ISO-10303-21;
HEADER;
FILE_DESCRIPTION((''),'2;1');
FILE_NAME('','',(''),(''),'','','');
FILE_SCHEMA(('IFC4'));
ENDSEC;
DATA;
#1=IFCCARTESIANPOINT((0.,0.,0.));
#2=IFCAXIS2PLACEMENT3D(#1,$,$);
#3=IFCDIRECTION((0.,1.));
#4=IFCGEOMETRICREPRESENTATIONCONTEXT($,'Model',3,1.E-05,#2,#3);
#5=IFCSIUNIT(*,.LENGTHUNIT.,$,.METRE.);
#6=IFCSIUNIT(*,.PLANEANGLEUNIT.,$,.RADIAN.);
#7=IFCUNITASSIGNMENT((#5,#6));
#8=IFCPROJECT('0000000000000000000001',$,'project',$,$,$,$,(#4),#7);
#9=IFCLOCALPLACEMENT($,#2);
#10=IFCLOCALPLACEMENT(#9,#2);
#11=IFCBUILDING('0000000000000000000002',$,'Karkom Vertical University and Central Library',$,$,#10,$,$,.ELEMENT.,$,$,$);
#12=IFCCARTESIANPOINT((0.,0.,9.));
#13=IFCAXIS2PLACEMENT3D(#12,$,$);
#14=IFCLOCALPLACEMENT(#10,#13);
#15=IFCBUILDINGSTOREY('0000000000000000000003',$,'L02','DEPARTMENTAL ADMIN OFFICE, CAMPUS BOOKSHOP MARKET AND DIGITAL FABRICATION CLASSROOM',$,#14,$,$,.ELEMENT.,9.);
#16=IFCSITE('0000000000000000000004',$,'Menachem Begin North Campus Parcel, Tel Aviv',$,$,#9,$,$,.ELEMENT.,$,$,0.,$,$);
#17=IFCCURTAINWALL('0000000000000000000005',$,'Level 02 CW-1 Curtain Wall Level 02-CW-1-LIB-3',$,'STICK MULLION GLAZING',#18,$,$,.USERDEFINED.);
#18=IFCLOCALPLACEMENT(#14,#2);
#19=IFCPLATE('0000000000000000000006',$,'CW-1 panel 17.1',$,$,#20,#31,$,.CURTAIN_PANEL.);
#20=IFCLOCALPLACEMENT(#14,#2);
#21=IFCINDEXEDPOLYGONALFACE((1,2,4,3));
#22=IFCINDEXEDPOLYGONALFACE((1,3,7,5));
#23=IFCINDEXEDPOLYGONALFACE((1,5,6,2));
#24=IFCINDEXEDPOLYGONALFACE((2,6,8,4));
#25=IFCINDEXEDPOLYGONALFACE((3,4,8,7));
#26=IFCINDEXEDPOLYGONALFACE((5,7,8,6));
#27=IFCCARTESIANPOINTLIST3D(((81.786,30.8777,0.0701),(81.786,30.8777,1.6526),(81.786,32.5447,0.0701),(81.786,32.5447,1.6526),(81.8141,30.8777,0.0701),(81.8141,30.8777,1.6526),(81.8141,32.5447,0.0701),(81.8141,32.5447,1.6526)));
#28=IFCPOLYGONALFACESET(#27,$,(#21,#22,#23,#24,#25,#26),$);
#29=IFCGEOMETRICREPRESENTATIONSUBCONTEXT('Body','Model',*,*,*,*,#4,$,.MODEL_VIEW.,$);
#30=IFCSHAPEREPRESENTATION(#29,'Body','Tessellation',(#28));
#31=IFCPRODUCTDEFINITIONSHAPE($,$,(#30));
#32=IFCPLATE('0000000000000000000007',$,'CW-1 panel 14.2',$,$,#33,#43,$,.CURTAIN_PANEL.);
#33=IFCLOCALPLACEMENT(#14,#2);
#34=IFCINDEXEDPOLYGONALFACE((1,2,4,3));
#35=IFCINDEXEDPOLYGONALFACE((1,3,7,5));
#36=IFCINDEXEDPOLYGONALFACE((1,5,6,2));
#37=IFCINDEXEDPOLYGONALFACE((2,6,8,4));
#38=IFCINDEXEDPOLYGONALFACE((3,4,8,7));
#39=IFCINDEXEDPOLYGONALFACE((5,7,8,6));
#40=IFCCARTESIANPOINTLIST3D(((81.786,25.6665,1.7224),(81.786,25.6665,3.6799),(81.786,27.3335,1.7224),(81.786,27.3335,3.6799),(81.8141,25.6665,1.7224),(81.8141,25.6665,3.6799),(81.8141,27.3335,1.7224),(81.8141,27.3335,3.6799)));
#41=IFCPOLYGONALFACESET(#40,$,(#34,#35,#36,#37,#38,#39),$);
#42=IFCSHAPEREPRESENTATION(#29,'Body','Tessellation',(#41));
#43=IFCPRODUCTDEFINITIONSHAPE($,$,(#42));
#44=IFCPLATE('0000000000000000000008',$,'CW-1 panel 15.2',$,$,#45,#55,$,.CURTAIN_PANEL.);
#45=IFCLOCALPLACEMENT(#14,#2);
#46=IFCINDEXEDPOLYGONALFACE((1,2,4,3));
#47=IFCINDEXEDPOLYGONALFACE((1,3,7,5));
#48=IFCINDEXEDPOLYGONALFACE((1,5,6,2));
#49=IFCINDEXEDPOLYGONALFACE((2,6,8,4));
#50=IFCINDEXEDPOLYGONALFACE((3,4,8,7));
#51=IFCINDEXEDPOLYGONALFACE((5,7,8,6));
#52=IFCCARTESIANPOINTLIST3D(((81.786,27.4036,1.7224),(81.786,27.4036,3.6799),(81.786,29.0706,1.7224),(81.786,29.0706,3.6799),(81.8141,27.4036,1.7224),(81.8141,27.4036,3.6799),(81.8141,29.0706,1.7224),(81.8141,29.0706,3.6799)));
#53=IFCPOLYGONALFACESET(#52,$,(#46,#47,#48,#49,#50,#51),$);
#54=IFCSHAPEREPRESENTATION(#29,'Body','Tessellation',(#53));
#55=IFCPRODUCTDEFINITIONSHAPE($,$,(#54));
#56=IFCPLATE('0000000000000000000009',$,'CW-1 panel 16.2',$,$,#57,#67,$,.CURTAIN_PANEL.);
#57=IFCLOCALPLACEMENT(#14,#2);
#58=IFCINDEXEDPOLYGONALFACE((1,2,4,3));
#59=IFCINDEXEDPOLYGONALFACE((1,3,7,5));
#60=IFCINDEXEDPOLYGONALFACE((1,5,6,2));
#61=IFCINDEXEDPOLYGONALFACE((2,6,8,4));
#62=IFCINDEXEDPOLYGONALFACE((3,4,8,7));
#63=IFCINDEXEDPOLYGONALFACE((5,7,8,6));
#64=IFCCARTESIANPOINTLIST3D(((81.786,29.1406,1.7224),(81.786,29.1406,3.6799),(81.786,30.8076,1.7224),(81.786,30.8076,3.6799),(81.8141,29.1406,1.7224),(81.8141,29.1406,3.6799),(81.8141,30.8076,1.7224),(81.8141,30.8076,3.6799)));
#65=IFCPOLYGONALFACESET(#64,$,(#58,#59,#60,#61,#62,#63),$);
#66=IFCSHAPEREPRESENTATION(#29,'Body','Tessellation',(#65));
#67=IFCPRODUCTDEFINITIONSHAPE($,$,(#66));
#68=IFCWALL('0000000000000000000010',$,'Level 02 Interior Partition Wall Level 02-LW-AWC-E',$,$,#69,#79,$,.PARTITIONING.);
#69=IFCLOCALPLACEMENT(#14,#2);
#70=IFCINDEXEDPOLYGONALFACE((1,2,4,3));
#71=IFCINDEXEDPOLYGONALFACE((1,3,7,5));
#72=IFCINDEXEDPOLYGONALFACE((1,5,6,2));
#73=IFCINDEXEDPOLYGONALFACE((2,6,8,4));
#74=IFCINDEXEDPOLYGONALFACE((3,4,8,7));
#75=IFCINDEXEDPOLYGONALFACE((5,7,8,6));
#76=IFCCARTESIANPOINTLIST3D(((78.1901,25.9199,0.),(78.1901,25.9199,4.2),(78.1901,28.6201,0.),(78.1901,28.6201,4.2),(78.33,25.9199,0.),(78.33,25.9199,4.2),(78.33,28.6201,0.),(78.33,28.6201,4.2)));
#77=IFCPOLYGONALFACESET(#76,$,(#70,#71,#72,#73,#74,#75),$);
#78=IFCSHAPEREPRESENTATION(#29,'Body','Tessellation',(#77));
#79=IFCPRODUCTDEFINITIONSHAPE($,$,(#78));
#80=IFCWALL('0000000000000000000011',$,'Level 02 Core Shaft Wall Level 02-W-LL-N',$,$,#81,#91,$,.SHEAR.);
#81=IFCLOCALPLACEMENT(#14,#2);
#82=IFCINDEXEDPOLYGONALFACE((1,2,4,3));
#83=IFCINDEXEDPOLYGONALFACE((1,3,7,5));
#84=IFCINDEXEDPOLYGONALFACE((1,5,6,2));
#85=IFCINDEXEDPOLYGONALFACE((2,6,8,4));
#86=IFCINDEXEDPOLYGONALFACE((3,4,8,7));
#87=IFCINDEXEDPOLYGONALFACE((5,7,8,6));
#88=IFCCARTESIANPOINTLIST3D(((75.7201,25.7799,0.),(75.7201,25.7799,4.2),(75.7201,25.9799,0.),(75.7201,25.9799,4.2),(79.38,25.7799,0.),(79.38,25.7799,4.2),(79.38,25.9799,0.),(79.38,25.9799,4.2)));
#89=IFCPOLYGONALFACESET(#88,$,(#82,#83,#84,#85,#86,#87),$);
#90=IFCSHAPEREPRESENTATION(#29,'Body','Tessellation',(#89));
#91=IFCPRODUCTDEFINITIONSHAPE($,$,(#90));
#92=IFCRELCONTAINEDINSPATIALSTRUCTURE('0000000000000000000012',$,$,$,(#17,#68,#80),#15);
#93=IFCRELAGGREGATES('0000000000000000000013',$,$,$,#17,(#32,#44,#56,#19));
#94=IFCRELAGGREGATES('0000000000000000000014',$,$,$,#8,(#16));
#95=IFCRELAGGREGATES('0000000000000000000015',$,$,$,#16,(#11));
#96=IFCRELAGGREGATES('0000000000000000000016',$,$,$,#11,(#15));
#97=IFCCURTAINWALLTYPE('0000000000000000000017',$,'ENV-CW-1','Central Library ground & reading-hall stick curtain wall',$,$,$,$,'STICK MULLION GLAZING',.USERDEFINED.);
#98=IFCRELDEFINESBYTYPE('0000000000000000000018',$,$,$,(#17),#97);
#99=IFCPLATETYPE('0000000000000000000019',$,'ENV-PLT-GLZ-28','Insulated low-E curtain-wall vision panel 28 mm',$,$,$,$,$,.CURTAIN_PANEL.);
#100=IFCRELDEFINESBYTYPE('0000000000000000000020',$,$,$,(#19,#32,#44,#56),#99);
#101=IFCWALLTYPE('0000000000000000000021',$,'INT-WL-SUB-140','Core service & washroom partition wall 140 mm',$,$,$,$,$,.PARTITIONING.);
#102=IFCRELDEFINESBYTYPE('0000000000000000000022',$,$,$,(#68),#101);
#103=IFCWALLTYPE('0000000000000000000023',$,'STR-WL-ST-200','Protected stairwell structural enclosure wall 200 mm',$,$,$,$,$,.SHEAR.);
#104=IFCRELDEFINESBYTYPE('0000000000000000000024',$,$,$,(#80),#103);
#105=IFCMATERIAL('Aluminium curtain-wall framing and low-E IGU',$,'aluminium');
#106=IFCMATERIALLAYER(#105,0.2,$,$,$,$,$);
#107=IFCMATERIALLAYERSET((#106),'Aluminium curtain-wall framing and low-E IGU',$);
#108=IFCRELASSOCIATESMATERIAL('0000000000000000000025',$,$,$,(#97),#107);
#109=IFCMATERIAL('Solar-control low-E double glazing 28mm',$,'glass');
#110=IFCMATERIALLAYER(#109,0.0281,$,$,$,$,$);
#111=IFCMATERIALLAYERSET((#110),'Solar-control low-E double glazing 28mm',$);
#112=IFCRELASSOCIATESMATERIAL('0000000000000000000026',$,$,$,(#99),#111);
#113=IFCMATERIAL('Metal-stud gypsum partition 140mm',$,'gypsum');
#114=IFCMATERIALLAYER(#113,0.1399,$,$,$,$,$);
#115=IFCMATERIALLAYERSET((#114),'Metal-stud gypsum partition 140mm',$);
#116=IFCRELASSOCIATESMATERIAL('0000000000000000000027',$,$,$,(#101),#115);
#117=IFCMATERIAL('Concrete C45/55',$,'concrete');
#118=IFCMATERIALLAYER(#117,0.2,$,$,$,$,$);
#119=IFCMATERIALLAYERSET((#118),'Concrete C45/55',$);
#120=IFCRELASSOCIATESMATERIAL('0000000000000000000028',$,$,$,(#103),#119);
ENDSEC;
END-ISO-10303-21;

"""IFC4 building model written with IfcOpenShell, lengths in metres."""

from ifc_helpers import new_model, si_unit, direction, frame, frame_2d, origin, origin_with_axes, origin_2d, place, context, subcontext, project, spatial, rectangle, extrude, source, transform, mapped, material, layer, layer_set, type_object, element, aggregate, save


model = new_model("IFC4")

# Units and contexts
model_context = context("Model", 3, precision=1e-05, world=origin(), true_north=direction((0.0, 1.0)))
body_context = subcontext(model_context, "Body", "Model", "MODEL_VIEW")
ifc_project = project(units=[si_unit("LENGTHUNIT", "METRE"), si_unit("PLANEANGLEUNIT", "RADIAN")], contexts=[model_context])

# Site, building, storey
site_placement = place(None, origin())
site = spatial("IfcSite", under=ifc_project, at=site_placement, Name="Menachem Begin North Campus Parcel, Tel Aviv", CompositionType="ELEMENT", RefElevation=0.0)
building_placement = place(site_placement, origin())
building = spatial("IfcBuilding", under=site, at=building_placement, Name="Karkom Vertical University and Central Library", CompositionType="ELEMENT")
storey_placement = place(building_placement, frame((0.0, 0.0, 9.0)))
storey = spatial("IfcBuildingStorey", under=building, at=storey_placement, Name="L02", Description="DEPARTMENTAL ADMIN OFFICE, CAMPUS BOOKSHOP MARKET AND DIGITAL FABRICATION CLASSROOM", CompositionType="ELEMENT", Elevation=9.0)

# Curtain wall, plates
ifc_material_1 = material(Name="Aluminium curtain-wall framing and low-E IGU", Category="aluminium")
ifc_layer_1 = layer(ifc_material_1, 0.2)
ifc_layer_set_1 = layer_set([ifc_layer_1], Name="Aluminium curtain-wall framing and low-E IGU")
curtain_wall_type = type_object("IfcCurtainWallType", Name="ENV-CW-1", Description="Central Library ground & reading-hall stick curtain wall", ElementType="STICK MULLION GLAZING", PredefinedType="USERDEFINED", material=ifc_layer_set_1)
curtain_wall_placement = place(storey_placement, origin())
curtain_wall = element("IfcCurtainWall", 1, at=curtain_wall_placement, inside=storey, type_object=curtain_wall_type, Name="Level 02 CW-1 Curtain Wall Level 02-CW-1-LIB-3", ObjectType="STICK MULLION GLAZING", PredefinedType="USERDEFINED")
ifc_material_2 = material(Name="Solar-control low-E double glazing 28mm", Category="glass")
ifc_layer_2 = layer(ifc_material_2, 0.0281)
ifc_layer_set_2 = layer_set([ifc_layer_2], Name="Solar-control low-E double glazing 28mm")
plate_type = type_object("IfcPlateType", Name="ENV-PLT-GLZ-28", Description="Insulated low-E curtain-wall vision panel 28 mm", PredefinedType="CURTAIN_PANEL", material=ifc_layer_set_2)
shared_shape_1 = source(origin_with_axes(), body_context, "Body", "SweptSolid", [
    extrude(rectangle(XDim=1.667, YDim=0.0281, at=origin_2d()), origin(), (0.0, 0.0, 1.0), 1.5825),
])
plate_1_placement = place(storey_placement, frame((81.8, 31.7112, 0.0701), z_axis=(0.0, 0.0, 1.0), x_axis=(0.0, 1.0, 0.0)))
plate_1 = element("IfcPlate", 2, at=plate_1_placement, type_object=plate_type, Name="CW-1 panel 17.1", PredefinedType="CURTAIN_PANEL", context=body_context, shape_type="MappedRepresentation", body=[
    mapped(shared_shape_1, transform((0.0, 0.0, 0.0), scale=1.0)),
])
shared_shape_2 = source(origin_with_axes(), body_context, "Body", "SweptSolid", [
    extrude(rectangle(XDim=1.667, YDim=0.0281, at=origin_2d()), origin(), (0.0, 0.0, 1.0), 1.9575),
])
plate_2_placement = place(storey_placement, frame((81.8, 26.5, 1.7224), z_axis=(0.0, 0.0, 1.0), x_axis=(0.0, 1.0, 0.0)))
plate_2 = element("IfcPlate", 3, at=plate_2_placement, type_object=plate_type, Name="CW-1 panel 14.2", PredefinedType="CURTAIN_PANEL", context=body_context, shape_type="MappedRepresentation", body=[
    mapped(shared_shape_2, transform((0.0, 0.0, 0.0), scale=1.0)),
])
plate_3_placement = place(storey_placement, frame((81.8, 28.2371, 1.7224), z_axis=(0.0, 0.0, 1.0), x_axis=(0.0, 1.0, 0.0)))
plate_3 = element("IfcPlate", 4, at=plate_3_placement, type_object=plate_type, Name="CW-1 panel 15.2", PredefinedType="CURTAIN_PANEL", context=body_context, shape_type="MappedRepresentation", body=[
    mapped(shared_shape_2, transform((0.0, 0.0, 0.0), scale=1.0)),
])
plate_4_placement = place(storey_placement, frame((81.8, 29.9741, 1.7224), z_axis=(0.0, 0.0, 1.0), x_axis=(0.0, 1.0, 0.0)))
plate_4 = element("IfcPlate", 5, at=plate_4_placement, type_object=plate_type, Name="CW-1 panel 16.2", PredefinedType="CURTAIN_PANEL", context=body_context, shape_type="MappedRepresentation", body=[
    mapped(shared_shape_2, transform((0.0, 0.0, 0.0), scale=1.0)),
])
aggregate(curtain_wall, [plate_2, plate_3, plate_4, plate_1])

# Walls
ifc_material_3 = material(Name="Metal-stud gypsum partition 140mm", Category="gypsum")
ifc_layer_3 = layer(ifc_material_3, 0.1399)
ifc_layer_set_3 = layer_set([ifc_layer_3], Name="Metal-stud gypsum partition 140mm")
wall_type_1 = type_object("IfcWallType", Name="INT-WL-SUB-140", Description="Core service & washroom partition wall 140 mm", PredefinedType="PARTITIONING", material=ifc_layer_set_3)
wall_1_placement = place(storey_placement, frame((78.26, 25.9199, 0.0), z_axis=(0.0, 0.0, 1.0), x_axis=(0.0, 1.0, 0.0)))
element("IfcWall", 6, at=wall_1_placement, inside=storey, type_object=wall_type_1, Name="Level 02 Interior Partition Wall Level 02-LW-AWC-E", PredefinedType="PARTITIONING", context=body_context, shape_type="SweptSolid", body=[
    extrude(rectangle(XDim=2.7002, YDim=0.1399, at=frame_2d((1.3501, 0.0))), origin(), (0.0, 0.0, 1.0), 4.2),
])
ifc_material_4 = material(Name="Concrete C45/55", Category="concrete")
ifc_layer_4 = layer(ifc_material_4, 0.2)
ifc_layer_set_4 = layer_set([ifc_layer_4], Name="Concrete C45/55")
wall_type_2 = type_object("IfcWallType", Name="STR-WL-ST-200", Description="Protected stairwell structural enclosure wall 200 mm", PredefinedType="SHEAR", material=ifc_layer_set_4)
wall_2_placement = place(storey_placement, frame((75.72, 25.8799, 0.0), z_axis=(0.0, 0.0, 1.0), x_axis=(1.0, 0.0, 0.0)))
element("IfcWall", 7, at=wall_2_placement, inside=storey, type_object=wall_type_2, Name="Level 02 Core Shaft Wall Level 02-W-LL-N", PredefinedType="SHEAR", context=body_context, shape_type="SweptSolid", body=[
    extrude(rectangle(XDim=3.6599, YDim=0.2, at=frame_2d((1.8301, 0.0))), origin(), (0.0, 0.0, 1.0), 4.2),
])

save(model, "model.ifc")
